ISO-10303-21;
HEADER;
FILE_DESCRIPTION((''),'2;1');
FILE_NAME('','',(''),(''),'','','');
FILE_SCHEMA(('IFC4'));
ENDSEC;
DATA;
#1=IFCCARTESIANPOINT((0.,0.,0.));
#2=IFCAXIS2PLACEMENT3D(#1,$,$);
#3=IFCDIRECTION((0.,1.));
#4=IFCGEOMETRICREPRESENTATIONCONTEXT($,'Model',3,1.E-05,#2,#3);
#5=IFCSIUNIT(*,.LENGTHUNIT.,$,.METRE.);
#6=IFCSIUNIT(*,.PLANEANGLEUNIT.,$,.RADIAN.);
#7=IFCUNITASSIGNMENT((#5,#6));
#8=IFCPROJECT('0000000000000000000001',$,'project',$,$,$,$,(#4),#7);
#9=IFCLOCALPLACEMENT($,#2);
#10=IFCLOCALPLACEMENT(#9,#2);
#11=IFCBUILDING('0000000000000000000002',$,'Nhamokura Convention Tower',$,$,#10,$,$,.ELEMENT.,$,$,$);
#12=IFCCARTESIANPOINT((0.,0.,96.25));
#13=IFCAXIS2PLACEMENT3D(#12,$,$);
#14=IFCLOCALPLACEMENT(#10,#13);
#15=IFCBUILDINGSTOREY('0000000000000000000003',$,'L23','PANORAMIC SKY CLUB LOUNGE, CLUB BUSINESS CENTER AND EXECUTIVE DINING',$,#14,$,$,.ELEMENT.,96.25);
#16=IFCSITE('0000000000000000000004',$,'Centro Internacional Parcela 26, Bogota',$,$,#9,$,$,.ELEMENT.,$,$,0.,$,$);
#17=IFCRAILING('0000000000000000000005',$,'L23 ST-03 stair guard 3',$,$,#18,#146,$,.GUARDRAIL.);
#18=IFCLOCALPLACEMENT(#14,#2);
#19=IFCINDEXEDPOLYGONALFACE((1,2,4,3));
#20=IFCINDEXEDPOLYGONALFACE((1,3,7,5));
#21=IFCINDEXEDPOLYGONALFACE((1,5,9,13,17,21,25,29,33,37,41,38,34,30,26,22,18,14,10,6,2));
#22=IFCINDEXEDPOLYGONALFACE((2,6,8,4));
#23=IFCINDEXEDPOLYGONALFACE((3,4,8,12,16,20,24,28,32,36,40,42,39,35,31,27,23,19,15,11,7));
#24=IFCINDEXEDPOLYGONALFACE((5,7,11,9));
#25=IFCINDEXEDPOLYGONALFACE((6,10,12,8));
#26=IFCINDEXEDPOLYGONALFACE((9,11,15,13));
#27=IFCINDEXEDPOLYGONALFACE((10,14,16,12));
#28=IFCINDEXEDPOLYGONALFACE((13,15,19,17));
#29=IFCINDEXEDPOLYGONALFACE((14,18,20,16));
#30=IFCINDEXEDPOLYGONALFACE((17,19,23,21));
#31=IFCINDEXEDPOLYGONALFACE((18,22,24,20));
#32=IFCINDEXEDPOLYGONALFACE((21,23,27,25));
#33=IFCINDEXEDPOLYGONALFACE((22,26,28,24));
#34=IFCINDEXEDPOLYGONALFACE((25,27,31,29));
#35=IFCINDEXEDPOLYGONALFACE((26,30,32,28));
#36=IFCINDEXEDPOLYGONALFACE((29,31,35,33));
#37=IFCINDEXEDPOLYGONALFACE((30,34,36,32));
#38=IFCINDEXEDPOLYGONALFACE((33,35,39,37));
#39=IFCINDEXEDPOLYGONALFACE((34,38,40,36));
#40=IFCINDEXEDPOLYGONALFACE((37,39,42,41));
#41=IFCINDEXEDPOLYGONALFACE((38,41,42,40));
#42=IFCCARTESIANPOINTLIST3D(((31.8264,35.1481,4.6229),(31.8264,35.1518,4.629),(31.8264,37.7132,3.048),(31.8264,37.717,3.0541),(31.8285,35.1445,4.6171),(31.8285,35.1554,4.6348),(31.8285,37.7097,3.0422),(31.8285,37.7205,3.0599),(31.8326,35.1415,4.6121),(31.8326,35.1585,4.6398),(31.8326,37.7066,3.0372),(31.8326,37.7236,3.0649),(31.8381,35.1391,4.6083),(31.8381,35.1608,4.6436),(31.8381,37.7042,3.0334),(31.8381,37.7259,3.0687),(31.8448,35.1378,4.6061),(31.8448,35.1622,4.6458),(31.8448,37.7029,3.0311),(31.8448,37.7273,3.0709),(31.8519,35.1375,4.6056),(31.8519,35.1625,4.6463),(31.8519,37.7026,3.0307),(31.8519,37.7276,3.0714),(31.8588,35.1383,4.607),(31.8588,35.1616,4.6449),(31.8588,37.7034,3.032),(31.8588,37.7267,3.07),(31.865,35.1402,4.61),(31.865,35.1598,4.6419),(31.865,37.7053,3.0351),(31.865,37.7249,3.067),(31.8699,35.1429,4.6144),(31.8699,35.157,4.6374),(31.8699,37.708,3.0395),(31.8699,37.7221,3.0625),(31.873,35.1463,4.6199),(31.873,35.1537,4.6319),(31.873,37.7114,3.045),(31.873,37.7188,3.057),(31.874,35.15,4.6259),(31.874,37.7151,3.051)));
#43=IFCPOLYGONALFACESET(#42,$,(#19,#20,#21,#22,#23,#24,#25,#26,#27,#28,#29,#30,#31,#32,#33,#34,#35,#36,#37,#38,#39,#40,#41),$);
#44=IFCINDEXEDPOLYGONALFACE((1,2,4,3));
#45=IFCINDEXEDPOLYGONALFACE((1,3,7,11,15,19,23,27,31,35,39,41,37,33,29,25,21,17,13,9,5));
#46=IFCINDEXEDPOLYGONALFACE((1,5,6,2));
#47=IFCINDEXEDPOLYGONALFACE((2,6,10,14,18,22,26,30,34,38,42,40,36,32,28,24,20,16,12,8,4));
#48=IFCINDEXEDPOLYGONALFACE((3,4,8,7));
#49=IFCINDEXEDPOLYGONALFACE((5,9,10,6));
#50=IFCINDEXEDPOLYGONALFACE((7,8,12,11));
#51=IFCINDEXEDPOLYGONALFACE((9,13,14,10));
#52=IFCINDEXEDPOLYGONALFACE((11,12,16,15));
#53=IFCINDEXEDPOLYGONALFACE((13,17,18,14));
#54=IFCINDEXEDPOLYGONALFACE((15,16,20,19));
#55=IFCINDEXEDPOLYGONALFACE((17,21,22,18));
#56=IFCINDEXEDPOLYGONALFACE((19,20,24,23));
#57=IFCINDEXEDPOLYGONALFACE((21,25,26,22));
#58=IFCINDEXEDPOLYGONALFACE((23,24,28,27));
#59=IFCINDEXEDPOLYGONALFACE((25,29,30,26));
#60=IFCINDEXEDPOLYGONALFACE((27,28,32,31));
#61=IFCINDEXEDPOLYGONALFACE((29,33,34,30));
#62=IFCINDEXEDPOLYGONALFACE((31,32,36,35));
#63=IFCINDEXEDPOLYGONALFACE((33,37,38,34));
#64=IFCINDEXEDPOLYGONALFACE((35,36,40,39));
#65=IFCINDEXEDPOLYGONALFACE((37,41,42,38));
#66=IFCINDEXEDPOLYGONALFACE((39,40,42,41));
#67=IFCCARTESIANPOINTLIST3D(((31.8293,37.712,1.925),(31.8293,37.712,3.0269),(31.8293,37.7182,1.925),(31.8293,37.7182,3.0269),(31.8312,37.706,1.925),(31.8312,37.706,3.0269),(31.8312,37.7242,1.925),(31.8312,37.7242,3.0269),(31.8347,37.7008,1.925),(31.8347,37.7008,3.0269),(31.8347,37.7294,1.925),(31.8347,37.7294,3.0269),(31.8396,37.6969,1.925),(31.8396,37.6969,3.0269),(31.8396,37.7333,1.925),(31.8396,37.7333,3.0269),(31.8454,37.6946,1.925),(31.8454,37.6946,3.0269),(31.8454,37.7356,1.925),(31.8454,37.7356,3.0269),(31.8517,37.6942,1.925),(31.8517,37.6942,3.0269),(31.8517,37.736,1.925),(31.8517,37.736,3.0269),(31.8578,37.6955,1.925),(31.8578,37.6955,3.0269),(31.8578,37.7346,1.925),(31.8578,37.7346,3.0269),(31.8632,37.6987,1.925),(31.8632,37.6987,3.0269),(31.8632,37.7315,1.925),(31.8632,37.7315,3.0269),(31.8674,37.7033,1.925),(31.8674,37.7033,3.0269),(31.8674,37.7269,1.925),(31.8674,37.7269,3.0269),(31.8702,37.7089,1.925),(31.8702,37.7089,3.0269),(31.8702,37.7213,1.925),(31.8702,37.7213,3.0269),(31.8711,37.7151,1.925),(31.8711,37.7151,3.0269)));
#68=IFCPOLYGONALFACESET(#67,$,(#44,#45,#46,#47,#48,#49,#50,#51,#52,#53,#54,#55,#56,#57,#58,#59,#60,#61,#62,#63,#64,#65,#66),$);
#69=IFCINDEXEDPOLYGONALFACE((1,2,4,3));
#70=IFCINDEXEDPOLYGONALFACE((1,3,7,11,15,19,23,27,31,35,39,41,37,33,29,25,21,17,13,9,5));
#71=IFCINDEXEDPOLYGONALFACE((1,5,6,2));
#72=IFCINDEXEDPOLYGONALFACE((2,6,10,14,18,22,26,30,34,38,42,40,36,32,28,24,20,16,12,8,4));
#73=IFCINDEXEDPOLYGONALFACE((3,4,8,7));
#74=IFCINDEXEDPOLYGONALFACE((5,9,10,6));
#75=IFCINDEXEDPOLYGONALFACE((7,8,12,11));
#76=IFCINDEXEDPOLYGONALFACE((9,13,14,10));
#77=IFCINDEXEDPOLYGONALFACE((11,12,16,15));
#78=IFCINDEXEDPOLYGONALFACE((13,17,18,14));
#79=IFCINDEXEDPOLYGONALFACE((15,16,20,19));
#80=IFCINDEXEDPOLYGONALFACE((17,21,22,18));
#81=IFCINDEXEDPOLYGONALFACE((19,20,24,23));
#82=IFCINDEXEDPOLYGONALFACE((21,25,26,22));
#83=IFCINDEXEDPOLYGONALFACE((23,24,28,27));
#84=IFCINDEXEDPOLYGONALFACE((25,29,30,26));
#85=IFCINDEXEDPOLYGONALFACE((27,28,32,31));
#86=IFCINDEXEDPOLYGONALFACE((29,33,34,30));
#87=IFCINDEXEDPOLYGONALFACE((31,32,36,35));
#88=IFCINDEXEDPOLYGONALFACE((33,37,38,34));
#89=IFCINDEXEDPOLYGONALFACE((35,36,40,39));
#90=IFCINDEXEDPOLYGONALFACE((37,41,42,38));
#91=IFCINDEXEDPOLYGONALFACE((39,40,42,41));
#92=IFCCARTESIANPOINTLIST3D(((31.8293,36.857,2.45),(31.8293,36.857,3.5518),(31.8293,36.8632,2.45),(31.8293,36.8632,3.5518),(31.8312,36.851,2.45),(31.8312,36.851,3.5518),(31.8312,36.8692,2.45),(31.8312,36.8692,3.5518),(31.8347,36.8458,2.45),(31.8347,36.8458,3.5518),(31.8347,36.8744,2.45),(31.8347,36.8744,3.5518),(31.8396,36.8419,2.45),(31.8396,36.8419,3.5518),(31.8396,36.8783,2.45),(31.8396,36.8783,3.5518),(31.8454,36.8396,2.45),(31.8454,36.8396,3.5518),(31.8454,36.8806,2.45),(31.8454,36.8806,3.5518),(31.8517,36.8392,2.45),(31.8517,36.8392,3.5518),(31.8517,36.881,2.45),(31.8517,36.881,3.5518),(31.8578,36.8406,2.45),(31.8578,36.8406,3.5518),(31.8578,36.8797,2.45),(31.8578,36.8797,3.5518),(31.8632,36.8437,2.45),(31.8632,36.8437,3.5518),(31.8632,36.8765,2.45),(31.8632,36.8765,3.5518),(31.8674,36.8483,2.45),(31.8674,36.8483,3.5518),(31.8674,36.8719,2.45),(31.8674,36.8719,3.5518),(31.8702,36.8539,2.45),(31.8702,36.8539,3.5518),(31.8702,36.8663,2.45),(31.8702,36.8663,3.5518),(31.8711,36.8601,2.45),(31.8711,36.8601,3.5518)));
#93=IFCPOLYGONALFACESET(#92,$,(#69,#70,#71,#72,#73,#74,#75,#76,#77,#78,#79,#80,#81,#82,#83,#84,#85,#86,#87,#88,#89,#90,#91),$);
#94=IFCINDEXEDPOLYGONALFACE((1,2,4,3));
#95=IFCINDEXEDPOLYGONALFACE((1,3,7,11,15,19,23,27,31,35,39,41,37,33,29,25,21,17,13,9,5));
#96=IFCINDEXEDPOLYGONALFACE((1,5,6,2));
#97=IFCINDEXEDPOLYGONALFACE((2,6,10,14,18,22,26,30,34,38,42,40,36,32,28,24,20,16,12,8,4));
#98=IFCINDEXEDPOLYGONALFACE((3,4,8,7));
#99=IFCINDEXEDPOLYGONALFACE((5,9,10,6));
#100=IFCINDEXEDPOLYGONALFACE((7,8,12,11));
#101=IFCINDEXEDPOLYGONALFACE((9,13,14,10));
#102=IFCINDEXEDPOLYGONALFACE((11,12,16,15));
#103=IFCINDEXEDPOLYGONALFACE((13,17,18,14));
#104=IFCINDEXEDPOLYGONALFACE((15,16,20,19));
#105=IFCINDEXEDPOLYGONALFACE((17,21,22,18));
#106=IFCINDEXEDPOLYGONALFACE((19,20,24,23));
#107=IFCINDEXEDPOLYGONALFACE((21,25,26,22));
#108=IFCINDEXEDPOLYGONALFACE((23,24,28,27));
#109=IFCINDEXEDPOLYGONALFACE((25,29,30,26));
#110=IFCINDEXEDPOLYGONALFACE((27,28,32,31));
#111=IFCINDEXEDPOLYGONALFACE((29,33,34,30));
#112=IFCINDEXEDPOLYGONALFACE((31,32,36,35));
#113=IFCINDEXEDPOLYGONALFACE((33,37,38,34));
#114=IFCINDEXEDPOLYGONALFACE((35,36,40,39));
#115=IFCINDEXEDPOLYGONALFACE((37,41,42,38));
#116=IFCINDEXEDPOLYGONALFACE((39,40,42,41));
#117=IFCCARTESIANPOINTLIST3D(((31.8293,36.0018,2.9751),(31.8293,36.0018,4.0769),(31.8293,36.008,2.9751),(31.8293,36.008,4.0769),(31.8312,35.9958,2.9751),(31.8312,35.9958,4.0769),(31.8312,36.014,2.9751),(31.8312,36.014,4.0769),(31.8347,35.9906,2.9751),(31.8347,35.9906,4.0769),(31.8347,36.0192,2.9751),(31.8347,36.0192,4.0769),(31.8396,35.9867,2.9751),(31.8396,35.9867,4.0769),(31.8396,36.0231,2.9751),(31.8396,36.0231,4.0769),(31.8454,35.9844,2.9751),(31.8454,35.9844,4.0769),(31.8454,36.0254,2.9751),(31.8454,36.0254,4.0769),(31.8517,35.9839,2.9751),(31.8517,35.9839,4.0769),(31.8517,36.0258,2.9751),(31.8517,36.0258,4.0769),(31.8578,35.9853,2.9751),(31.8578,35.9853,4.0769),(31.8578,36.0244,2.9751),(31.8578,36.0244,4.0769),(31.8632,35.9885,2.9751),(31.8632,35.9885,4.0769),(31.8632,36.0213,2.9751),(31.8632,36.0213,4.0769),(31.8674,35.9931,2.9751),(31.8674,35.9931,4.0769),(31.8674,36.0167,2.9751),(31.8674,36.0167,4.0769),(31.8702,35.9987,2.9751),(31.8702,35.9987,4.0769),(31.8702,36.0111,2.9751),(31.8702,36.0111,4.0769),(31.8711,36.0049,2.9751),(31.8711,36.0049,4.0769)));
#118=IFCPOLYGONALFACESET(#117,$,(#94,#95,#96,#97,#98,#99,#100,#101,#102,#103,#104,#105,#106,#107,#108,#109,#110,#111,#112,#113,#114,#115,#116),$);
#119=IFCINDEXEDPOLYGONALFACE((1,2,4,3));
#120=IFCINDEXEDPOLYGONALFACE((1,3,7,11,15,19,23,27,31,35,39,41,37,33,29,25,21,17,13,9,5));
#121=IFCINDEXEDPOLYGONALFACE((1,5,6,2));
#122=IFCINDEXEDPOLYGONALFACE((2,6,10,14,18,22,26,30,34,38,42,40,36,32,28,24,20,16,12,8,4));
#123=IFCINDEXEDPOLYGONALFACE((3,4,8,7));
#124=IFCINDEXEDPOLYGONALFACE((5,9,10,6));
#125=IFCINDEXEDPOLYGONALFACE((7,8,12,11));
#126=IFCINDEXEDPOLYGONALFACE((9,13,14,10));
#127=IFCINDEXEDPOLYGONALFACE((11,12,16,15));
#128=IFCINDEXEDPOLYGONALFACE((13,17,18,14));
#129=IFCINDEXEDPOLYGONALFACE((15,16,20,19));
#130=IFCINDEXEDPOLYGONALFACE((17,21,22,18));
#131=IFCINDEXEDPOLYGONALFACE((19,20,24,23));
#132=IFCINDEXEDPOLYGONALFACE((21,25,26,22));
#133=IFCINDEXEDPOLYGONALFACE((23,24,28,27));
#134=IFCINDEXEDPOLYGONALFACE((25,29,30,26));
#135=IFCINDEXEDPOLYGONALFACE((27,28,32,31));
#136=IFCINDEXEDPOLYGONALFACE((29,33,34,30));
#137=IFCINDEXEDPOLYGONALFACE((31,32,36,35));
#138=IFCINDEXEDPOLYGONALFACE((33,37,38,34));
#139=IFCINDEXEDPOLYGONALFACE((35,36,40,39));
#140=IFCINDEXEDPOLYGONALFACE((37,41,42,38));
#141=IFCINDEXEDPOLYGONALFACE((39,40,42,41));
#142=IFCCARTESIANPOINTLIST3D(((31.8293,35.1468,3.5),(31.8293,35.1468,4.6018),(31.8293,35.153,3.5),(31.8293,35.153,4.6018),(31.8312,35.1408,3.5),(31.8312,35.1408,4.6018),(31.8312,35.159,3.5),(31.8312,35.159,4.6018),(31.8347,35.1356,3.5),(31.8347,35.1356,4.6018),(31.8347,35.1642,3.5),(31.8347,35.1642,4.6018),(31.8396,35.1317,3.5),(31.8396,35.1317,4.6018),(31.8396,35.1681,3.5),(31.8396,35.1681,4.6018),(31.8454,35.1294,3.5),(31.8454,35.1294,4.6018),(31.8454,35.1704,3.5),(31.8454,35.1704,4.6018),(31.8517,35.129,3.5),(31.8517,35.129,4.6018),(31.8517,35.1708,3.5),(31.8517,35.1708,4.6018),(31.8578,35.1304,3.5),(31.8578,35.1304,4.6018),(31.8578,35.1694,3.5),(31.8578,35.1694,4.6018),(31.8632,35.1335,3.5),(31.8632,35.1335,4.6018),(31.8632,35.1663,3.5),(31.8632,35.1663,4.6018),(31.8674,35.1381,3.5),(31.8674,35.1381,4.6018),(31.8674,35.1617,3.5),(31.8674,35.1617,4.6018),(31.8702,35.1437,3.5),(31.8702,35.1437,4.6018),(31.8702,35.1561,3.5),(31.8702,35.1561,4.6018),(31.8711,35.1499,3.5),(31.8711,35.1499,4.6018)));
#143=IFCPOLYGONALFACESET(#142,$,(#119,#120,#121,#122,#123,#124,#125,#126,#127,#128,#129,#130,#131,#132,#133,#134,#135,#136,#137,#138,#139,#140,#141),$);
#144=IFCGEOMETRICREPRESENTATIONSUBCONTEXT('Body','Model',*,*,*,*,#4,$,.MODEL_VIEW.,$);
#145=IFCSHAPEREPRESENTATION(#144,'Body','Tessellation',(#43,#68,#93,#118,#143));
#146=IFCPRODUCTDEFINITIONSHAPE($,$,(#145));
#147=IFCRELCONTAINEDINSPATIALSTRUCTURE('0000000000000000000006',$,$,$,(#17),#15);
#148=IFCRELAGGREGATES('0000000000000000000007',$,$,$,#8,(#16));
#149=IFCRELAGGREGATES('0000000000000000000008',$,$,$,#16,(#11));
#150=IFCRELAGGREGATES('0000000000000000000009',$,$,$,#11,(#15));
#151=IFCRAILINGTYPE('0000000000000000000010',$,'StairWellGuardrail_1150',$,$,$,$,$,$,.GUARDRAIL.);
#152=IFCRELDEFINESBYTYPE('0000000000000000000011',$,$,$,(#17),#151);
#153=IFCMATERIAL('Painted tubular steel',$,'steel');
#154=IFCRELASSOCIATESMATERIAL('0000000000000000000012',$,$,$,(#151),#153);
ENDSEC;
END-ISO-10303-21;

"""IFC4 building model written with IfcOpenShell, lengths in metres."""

from ifc_helpers import new_model, si_unit, direction, frame, origin, origin_2d, place, context, subcontext, project, spatial, circle, extrude, material, type_object, element, save


model = new_model("IFC4")

# Units and contexts
model_context = context("Model", 3, precision=1e-05, world=origin(), true_north=direction((0.0, 1.0)))
body_context = subcontext(model_context, "Body", "Model", "MODEL_VIEW")
ifc_project = project(units=[si_unit("LENGTHUNIT", "METRE"), si_unit("PLANEANGLEUNIT", "RADIAN")], contexts=[model_context])

# Site, building, storey
site_placement = place(None, origin())
site = spatial("IfcSite", under=ifc_project, at=site_placement, Name="Centro Internacional Parcela 26, Bogota", CompositionType="ELEMENT", RefElevation=0.0)
building_placement = place(site_placement, origin())
building = spatial("IfcBuilding", under=site, at=building_placement, Name="Nhamokura Convention Tower", CompositionType="ELEMENT")
storey_placement = place(building_placement, frame((0.0, 0.0, 96.25)))
storey = spatial("IfcBuildingStorey", under=building, at=storey_placement, Name="L23", Description="PANORAMIC SKY CLUB LOUNGE, CLUB BUSINESS CENTER AND EXECUTIVE DINING", CompositionType="ELEMENT", Elevation=96.25)

# Railing
ifc_material_1 = material(Name="Painted tubular steel", Category="steel")
railing_type_1 = type_object("IfcRailingType", Name="StairWellGuardrail_1150", PredefinedType="GUARDRAIL", material=ifc_material_1)
railing_1_placement = place(storey_placement, frame((31.8501, 37.7151, 1.925)))
element("IfcRailing", 1, at=railing_1_placement, inside=storey, type_object=railing_type_1, Name="L23 ST-03 stair guard 3", PredefinedType="GUARDRAIL", context=body_context, shape_type="SweptSolid", body=[
    extrude(circle(Radius=0.0239, at=origin_2d()), frame((0.0, 0.0, 1.126), z_axis=(0.0, -0.852195, 0.523224), x_axis=(1.0, 0.0, 0.0)), (0.0, 0.0, 1.0), 3.01),
    extrude(circle(Radius=0.021, at=origin_2d()), origin(), (0.0, 0.0, 1.0), 1.1018),
    extrude(circle(Radius=0.021, at=origin_2d()), frame((0.0, -0.855, 0.5249)), (0.0, 0.0, 1.0), 1.1018),
    extrude(circle(Radius=0.021, at=origin_2d()), frame((0.0, -1.7102, 1.05)), (0.0, 0.0, 1.0), 1.1018),
    extrude(circle(Radius=0.021, at=origin_2d()), frame((0.0, -2.5652, 1.575)), (0.0, 0.0, 1.0), 1.1018),
])

save(model, "model.ifc")
